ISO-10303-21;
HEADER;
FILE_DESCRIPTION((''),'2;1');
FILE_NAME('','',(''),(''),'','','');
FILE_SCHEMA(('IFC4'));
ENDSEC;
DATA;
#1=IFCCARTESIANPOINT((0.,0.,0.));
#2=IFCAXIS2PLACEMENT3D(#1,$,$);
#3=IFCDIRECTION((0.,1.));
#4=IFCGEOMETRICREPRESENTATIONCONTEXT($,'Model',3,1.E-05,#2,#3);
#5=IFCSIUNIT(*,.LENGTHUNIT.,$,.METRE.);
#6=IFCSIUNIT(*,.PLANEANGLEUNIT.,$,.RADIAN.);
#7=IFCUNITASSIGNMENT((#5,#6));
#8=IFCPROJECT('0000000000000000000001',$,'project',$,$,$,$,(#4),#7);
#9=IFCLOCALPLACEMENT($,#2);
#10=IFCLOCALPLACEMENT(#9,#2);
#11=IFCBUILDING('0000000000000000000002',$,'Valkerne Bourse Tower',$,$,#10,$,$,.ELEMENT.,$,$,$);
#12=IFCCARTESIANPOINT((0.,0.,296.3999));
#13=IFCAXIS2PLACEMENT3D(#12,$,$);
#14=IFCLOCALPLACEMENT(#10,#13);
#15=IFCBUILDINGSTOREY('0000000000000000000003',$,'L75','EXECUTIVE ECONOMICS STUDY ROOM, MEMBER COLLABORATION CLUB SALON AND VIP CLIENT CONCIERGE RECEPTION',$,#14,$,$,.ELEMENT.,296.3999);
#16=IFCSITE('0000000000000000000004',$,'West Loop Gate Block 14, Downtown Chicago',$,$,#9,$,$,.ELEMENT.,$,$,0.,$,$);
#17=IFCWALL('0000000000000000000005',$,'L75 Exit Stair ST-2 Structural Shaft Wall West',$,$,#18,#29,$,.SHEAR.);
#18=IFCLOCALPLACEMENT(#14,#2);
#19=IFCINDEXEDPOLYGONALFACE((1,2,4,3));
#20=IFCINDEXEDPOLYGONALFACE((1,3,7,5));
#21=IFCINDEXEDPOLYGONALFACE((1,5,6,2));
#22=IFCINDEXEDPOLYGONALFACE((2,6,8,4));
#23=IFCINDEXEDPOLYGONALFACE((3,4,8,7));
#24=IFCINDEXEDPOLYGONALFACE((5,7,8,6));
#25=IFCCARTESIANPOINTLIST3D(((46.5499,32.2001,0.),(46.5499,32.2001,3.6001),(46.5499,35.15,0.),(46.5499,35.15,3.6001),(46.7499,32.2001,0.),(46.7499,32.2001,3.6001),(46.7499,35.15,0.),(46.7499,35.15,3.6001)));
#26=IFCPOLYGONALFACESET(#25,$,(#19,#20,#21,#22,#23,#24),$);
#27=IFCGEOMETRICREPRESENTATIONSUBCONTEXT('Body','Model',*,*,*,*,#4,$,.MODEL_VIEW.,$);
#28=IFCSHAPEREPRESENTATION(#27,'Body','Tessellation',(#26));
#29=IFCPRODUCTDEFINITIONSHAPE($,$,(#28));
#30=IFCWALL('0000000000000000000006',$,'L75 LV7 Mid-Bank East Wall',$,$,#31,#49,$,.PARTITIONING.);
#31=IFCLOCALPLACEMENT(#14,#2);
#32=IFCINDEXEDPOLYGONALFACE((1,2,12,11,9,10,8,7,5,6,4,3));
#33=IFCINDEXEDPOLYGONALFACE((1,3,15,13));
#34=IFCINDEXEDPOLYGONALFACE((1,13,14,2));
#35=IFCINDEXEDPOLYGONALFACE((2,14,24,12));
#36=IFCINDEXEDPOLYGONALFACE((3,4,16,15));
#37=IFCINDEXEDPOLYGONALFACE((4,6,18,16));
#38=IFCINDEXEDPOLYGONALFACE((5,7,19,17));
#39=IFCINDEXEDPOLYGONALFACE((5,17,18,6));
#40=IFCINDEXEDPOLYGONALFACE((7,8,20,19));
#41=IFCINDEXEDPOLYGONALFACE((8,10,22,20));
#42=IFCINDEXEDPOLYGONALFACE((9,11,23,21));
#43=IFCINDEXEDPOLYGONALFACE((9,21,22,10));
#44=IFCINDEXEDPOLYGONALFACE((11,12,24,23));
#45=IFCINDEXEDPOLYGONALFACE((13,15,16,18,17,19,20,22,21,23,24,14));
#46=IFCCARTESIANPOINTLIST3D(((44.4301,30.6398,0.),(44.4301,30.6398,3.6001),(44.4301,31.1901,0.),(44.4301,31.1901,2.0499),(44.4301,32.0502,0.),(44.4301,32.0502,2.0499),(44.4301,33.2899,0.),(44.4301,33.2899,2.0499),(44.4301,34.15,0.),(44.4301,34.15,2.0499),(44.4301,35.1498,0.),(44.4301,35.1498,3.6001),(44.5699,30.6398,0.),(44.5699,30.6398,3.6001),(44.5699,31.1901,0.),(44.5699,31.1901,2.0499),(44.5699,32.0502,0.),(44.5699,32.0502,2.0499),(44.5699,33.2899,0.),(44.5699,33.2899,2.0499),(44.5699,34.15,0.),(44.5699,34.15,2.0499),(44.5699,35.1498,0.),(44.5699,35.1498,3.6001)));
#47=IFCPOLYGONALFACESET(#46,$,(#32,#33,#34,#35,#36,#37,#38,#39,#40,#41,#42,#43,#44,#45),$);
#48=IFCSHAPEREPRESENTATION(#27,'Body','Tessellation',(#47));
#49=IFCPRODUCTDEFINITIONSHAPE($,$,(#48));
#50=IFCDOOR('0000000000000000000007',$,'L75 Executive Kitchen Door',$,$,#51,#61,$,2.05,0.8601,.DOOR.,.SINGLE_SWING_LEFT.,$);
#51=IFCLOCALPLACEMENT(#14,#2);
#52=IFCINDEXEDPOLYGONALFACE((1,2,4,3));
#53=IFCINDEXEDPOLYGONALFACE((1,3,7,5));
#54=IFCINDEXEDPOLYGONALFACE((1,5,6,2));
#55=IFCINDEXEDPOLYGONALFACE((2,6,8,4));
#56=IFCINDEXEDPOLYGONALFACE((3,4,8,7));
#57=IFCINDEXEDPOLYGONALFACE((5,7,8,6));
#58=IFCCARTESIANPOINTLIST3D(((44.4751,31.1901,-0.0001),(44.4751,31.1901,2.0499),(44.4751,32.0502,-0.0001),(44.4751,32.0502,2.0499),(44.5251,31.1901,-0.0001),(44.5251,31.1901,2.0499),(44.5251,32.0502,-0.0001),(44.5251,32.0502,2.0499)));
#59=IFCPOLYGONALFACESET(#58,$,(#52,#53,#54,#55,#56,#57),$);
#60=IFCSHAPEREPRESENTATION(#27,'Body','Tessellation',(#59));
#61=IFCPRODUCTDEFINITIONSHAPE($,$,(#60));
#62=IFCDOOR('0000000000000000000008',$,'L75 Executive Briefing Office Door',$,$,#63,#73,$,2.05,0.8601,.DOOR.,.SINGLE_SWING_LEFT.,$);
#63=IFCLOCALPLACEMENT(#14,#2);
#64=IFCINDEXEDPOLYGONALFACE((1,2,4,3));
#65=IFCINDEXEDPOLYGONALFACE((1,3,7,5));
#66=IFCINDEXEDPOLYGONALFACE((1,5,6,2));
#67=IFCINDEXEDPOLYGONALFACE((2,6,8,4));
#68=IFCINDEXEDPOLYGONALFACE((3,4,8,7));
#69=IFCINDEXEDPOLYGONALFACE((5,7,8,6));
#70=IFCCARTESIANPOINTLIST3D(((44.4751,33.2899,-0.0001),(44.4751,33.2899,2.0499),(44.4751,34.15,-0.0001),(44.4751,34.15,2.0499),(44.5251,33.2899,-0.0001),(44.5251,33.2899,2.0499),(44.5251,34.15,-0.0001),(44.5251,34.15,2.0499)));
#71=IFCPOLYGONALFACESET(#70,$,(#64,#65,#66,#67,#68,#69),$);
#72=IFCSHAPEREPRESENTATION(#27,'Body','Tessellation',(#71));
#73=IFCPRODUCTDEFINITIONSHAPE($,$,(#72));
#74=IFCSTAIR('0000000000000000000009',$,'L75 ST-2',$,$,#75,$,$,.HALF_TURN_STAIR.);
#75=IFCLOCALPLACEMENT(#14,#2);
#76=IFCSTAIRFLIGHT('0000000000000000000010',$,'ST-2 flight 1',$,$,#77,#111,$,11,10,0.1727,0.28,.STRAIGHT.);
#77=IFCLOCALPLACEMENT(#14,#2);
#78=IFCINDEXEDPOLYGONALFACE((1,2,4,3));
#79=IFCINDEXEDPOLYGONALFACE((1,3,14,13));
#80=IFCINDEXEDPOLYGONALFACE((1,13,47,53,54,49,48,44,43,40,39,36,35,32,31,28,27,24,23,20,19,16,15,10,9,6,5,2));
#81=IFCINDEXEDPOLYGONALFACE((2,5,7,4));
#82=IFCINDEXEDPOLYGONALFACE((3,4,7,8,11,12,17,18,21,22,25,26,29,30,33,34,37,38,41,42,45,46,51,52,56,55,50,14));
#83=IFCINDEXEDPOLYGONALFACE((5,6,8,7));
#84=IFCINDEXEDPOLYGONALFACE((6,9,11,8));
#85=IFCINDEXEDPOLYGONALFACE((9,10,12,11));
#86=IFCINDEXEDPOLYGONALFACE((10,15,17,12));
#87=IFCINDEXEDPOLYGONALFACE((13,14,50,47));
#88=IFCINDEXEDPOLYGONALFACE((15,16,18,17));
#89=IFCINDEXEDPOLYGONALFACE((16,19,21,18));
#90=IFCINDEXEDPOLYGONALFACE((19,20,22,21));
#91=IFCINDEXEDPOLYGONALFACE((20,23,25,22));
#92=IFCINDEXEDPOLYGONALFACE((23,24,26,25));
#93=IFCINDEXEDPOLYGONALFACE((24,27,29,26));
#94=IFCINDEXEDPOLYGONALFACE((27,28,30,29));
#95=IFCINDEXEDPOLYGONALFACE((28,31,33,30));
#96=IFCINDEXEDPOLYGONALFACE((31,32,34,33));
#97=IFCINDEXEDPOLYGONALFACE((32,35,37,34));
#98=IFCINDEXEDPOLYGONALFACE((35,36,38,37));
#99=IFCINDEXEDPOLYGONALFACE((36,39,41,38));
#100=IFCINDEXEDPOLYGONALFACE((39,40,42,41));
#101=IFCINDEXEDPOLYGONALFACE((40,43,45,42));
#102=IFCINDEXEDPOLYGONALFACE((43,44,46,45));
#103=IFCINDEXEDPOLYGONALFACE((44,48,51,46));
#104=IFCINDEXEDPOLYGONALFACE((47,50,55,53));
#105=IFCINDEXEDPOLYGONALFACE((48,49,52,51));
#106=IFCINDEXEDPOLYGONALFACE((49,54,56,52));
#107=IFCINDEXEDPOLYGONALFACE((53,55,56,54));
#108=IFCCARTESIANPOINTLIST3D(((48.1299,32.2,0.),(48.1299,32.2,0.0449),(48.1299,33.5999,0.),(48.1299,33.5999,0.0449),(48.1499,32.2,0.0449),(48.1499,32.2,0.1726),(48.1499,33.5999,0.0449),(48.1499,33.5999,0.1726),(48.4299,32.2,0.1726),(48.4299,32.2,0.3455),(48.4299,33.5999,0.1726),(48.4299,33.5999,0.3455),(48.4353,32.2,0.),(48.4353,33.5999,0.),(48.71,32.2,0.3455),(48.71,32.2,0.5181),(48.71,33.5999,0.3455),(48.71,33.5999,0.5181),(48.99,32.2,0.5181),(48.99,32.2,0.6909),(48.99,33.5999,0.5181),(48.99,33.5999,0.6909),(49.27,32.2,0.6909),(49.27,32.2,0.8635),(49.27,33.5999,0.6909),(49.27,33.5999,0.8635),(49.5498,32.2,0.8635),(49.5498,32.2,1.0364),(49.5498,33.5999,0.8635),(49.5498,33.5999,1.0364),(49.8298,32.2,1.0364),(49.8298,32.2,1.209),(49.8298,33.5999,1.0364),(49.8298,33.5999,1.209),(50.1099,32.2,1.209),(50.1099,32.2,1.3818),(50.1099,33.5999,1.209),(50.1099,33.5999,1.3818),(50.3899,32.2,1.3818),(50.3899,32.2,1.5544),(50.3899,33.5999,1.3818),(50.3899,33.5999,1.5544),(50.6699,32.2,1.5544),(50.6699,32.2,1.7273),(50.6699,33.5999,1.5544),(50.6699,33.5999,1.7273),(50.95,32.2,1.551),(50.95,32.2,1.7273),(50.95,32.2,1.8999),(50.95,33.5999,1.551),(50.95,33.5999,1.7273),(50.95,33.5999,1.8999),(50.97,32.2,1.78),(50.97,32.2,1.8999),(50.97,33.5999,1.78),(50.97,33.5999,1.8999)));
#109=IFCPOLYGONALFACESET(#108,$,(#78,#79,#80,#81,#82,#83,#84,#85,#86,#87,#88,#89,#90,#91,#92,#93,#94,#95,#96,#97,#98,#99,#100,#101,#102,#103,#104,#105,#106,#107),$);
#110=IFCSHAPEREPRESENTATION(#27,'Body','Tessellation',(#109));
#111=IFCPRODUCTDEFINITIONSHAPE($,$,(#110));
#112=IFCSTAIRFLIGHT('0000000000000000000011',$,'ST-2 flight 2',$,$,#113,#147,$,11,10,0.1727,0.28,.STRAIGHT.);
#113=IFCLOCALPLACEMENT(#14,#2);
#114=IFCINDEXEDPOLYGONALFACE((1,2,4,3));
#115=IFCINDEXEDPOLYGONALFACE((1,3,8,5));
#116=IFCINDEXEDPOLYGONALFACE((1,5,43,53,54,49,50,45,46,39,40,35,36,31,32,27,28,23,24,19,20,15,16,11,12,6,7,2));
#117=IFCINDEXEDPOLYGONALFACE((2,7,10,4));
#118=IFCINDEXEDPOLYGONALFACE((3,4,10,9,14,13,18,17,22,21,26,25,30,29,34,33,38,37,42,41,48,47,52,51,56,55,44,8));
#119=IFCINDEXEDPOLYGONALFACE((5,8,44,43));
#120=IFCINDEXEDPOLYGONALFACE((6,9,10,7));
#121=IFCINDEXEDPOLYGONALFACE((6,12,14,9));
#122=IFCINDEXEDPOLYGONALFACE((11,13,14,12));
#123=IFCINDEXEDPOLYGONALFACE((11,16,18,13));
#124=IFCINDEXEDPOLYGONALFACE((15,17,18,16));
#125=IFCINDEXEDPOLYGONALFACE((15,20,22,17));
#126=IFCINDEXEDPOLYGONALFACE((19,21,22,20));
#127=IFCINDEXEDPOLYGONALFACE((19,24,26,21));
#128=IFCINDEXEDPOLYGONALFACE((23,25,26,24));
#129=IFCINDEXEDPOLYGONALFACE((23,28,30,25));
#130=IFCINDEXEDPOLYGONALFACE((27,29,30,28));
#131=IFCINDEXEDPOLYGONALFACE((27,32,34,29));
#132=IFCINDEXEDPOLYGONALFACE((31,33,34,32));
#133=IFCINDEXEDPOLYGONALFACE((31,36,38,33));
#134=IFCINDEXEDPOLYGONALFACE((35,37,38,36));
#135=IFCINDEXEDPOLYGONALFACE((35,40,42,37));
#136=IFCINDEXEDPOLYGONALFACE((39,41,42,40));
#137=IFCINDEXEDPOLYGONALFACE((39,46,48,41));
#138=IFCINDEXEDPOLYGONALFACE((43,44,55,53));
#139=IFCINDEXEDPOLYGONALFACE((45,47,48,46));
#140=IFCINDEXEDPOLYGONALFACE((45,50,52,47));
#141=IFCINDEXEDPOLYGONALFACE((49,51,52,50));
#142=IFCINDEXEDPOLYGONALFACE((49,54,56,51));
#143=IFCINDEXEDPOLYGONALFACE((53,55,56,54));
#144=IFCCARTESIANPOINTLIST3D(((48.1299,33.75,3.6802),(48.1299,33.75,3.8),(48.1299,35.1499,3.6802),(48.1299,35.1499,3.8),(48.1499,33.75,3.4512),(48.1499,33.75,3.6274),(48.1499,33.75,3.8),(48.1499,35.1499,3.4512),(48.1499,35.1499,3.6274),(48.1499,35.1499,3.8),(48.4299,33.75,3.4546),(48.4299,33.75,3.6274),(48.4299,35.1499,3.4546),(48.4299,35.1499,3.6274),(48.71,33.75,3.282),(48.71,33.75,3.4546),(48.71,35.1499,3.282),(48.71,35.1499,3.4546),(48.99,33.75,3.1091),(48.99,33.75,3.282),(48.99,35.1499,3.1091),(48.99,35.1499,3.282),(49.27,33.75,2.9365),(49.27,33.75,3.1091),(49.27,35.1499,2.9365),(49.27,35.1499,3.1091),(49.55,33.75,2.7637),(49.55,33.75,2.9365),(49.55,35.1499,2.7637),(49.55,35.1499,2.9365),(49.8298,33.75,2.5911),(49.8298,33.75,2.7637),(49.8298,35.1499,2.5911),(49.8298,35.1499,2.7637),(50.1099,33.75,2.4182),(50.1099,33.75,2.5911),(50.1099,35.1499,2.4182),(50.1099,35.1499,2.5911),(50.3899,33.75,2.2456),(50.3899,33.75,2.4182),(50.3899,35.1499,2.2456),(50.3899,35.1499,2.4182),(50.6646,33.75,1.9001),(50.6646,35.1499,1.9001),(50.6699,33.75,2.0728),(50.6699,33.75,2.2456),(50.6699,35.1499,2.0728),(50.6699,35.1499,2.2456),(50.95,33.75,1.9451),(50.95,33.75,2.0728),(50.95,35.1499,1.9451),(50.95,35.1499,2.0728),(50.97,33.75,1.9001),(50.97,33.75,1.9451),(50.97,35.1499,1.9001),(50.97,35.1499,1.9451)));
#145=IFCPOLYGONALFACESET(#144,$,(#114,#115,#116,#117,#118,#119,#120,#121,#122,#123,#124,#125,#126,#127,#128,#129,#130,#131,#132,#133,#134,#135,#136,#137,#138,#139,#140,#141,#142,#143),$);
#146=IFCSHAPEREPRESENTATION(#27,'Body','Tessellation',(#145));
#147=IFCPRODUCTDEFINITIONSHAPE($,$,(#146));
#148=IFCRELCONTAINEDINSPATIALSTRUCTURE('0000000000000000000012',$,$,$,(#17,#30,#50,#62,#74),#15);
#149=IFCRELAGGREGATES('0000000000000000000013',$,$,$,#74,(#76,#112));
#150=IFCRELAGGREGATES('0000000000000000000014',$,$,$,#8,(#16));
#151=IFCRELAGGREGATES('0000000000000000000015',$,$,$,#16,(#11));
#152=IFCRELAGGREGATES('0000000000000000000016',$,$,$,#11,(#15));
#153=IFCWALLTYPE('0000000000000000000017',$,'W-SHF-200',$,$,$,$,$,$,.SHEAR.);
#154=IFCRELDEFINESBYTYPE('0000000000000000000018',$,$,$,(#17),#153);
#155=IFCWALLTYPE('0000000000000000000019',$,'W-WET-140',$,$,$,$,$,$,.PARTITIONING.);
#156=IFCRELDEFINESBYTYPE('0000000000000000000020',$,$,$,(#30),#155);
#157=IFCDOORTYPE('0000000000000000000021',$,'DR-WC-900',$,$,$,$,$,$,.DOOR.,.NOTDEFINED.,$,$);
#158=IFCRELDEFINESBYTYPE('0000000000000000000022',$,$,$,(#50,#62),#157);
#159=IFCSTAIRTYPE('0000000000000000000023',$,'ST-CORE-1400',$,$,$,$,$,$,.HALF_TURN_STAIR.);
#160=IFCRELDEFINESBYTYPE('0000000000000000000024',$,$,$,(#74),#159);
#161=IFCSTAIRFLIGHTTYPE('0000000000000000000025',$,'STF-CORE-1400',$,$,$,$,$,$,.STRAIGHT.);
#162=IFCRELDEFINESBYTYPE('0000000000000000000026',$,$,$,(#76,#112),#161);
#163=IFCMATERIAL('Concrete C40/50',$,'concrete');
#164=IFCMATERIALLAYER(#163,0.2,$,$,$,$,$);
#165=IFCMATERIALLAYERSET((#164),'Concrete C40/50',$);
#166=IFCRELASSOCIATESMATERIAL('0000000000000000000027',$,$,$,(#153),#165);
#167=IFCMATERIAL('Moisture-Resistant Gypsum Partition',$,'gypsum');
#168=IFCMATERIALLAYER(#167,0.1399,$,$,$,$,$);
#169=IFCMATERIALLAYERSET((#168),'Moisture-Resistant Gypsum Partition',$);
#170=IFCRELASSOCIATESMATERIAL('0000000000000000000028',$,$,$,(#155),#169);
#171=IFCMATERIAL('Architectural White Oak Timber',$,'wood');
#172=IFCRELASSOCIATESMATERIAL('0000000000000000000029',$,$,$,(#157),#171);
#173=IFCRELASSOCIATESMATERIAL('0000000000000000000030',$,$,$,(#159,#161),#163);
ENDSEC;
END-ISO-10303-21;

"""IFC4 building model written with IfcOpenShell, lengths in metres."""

from ifc_helpers import new_model, si_unit, direction, frame, frame_2d, origin, place, context, subcontext, project, spatial, polyline, rectangle, outline, extrude, material, layer, layer_set, type_object, element, fill, aggregate, save


model = new_model("IFC4")

# Units and contexts
model_context = context("Model", 3, precision=1e-05, world=origin(), true_north=direction((0.0, 1.0)))
body_context = subcontext(model_context, "Body", "Model", "MODEL_VIEW")
ifc_project = project(units=[si_unit("LENGTHUNIT", "METRE"), si_unit("PLANEANGLEUNIT", "RADIAN")], contexts=[model_context])

# Site, building, storey
site_placement = place(None, origin())
site = spatial("IfcSite", under=ifc_project, at=site_placement, Name="West Loop Gate Block 14, Downtown Chicago", CompositionType="ELEMENT", RefElevation=0.0)
building_placement = place(site_placement, origin())
building = spatial("IfcBuilding", under=site, at=building_placement, Name="Valkerne Bourse Tower", CompositionType="ELEMENT")
storey_placement = place(building_placement, frame((0.0, 0.0, 296.3999)))
storey = spatial("IfcBuildingStorey", under=building, at=storey_placement, Name="L75", Description="EXECUTIVE ECONOMICS STUDY ROOM, MEMBER COLLABORATION CLUB SALON AND VIP CLIENT CONCIERGE RECEPTION", CompositionType="ELEMENT", Elevation=296.3999)

# Shared definitions
ifc_material_1 = material(Name="Concrete C40/50", Category="concrete")
ifc_layer_1 = layer(ifc_material_1, 0.2)
ifc_layer_set_1 = layer_set([ifc_layer_1], Name="Concrete C40/50")
wall_type_1 = type_object("IfcWallType", Name="W-SHF-200", PredefinedType="SHEAR", material=ifc_layer_set_1)

# Wall
wall_1_placement = place(storey_placement, frame((46.6499, 32.2, 0.0), z_axis=(0.0, 0.0, 1.0), x_axis=(0.0, 1.0, 0.0)))
element("IfcWall", 1, at=wall_1_placement, inside=storey, type_object=wall_type_1, Name="L75 Exit Stair ST-2 Structural Shaft Wall West", PredefinedType="SHEAR", context=body_context, shape_type="SweptSolid", body=[
    extrude(rectangle(XDim=2.95, YDim=0.2, at=frame_2d((1.4751, 0.0))), origin(), (0.0, 0.0, 1.0), 3.6001),
])

# Wall, openings, doors
ifc_material_2 = material(Name="Moisture-Resistant Gypsum Partition", Category="gypsum")
ifc_layer_2 = layer(ifc_material_2, 0.1399)
ifc_layer_set_2 = layer_set([ifc_layer_2], Name="Moisture-Resistant Gypsum Partition")
wall_type_2 = type_object("IfcWallType", Name="W-WET-140", PredefinedType="PARTITIONING", material=ifc_layer_set_2)
wall_2_placement = place(storey_placement, frame((44.5, 30.6399, 0.0), z_axis=(0.0, 0.0, 1.0), x_axis=(0.0, 1.0, 0.0)))
wall_2 = element("IfcWall", 2, at=wall_2_placement, inside=storey, type_object=wall_type_2, Name="L75 LV7 Mid-Bank East Wall", PredefinedType="PARTITIONING", context=body_context, shape_type="SweptSolid", body=[
    extrude(rectangle(XDim=4.51, YDim=0.1399, at=frame_2d((2.2549, 0.0))), origin(), (0.0, 0.0, 1.0), 3.6001),
])
opening_1_placement = place(wall_2_placement, frame((0.55, 0.0, 0.0)))
opening_1 = element("IfcOpeningElement", 3, at=opening_1_placement, cuts=wall_2, PredefinedType="OPENING", context=body_context, shape_type="SweptSolid", body=[
    extrude(rectangle(XDim=0.8601, YDim=2.05, at=frame_2d((0.4302, 1.0249))), frame((0.0, 0.0798, 0.0), z_axis=(0.0, -1.0, 0.0), x_axis=(1.0, 0.0, 0.0)), (0.0, 0.0, 1.0), 0.1599),
])
opening_2_placement = place(wall_2_placement, frame((2.6499, 0.0, 0.0)))
opening_2 = element("IfcOpeningElement", 4, at=opening_2_placement, cuts=wall_2, PredefinedType="OPENING", context=body_context, shape_type="SweptSolid", body=[
    extrude(rectangle(XDim=0.8601, YDim=2.05, at=frame_2d((0.4302, 1.0249))), frame((0.0, 0.0798, 0.0), z_axis=(0.0, -1.0, 0.0), x_axis=(1.0, 0.0, 0.0)), (0.0, 0.0, 1.0), 0.1599),
])
ifc_material_3 = material(Name="Architectural White Oak Timber", Category="wood")
door_type_1 = type_object("IfcDoorType", Name="DR-WC-900", OperationType="NOTDEFINED", PredefinedType="DOOR", material=ifc_material_3)
door_1_placement = place(opening_1_placement, origin())
door_1 = element("IfcDoor", 5, at=door_1_placement, inside=storey, type_object=door_type_1, Name="L75 Executive Kitchen Door", OperationType="SINGLE_SWING_LEFT", OverallHeight=2.05, OverallWidth=0.8601, PredefinedType="DOOR", context=body_context, shape_type="SweptSolid", body=[
    extrude(rectangle(XDim=0.8601, YDim=2.05, at=frame_2d((0.4302, 1.0249))), frame((0.0, 0.0249, 0.0), z_axis=(0.0, -1.0, 0.0), x_axis=(1.0, 0.0, 0.0)), (0.0, 0.0, 1.0), 0.05),
])
fill(opening_1, door_1)
door_2_placement = place(opening_2_placement, origin())
door_2 = element("IfcDoor", 6, at=door_2_placement, inside=storey, type_object=door_type_1, Name="L75 Executive Briefing Office Door", OperationType="SINGLE_SWING_LEFT", OverallHeight=2.05, OverallWidth=0.8601, PredefinedType="DOOR", context=body_context, shape_type="SweptSolid", body=[
    extrude(rectangle(XDim=0.8601, YDim=2.05, at=frame_2d((0.4302, 1.0249))), frame((0.0, 0.0249, 0.0), z_axis=(0.0, -1.0, 0.0), x_axis=(1.0, 0.0, 0.0)), (0.0, 0.0, 1.0), 0.05),
])
fill(opening_2, door_2)

# Stair, stair flights
stair_type = type_object("IfcStairType", Name="ST-CORE-1400", PredefinedType="HALF_TURN_STAIR", material=ifc_material_1)
stair_placement = place(storey_placement, origin())
stair = element("IfcStair", 7, at=stair_placement, inside=storey, type_object=stair_type, Name="L75 ST-2", PredefinedType="HALF_TURN_STAIR")
stair_flight_type = type_object("IfcStairFlightType", Name="STF-CORE-1400", PredefinedType="STRAIGHT", material=ifc_material_1)
stair_flight_1_placement = place(storey_placement, frame((48.1499, 32.8999, 0.0), z_axis=(0.0, 0.0, 1.0), x_axis=(1.0, 0.0, 0.0)))
stair_flight_1 = element("IfcStairFlight", 8, at=stair_flight_1_placement, type_object=stair_flight_type, Name="ST-2 flight 1", NumberOfRisers=11, NumberOfTreads=10, PredefinedType="STRAIGHT", RiserHeight=0.1727, TreadLength=0.28, context=body_context, shape_type="SweptSolid", body=[
    extrude(outline(polyline([(-0.02, 0.0), (-0.02, 0.0449), (0.0, 0.0449), (0.0, 0.1726), (0.28, 0.1726), (0.28, 0.3455), (0.5601, 0.3455), (0.5601, 0.5181), (0.8401, 0.5181), (0.8401, 0.6909), (1.1201, 0.6909), (1.1201, 0.8635), (1.3999, 0.8635), (1.3999, 1.0364), (1.6799, 1.0364), (1.6799, 1.209), (1.96, 1.209), (1.96, 1.3818), (2.24, 1.3818), (2.24, 1.5544), (2.52, 1.5544), (2.52, 1.7273), (2.8, 1.7273), (2.8, 1.8999), (2.8201, 1.8999), (2.8201, 1.78), (2.8, 1.551), (0.2854, 0.0), (-0.02, 0.0)])), frame((0.0, 0.7, 0.0), z_axis=(0.0, -1.0, 0.0), x_axis=(1.0, 0.0, 0.0)), (0.0, 0.0, 1.0), 1.3999),
])
stair_flight_2_placement = place(storey_placement, frame((50.95, 34.45, 1.9001), z_axis=(0.0, 0.0, 1.0), x_axis=(-1.0, 0.0, 0.0)))
stair_flight_2 = element("IfcStairFlight", 9, at=stair_flight_2_placement, type_object=stair_flight_type, Name="ST-2 flight 2", NumberOfRisers=11, NumberOfTreads=10, PredefinedType="STRAIGHT", RiserHeight=0.1727, TreadLength=0.28, context=body_context, shape_type="SweptSolid", body=[
    extrude(outline(polyline([(-0.02, 0.0), (-0.02, 0.0449), (0.0, 0.0449), (0.0, 0.1726), (0.28, 0.1726), (0.28, 0.3455), (0.5601, 0.3455), (0.5601, 0.5181), (0.8401, 0.5181), (0.8401, 0.6909), (1.1201, 0.6909), (1.1201, 0.8635), (1.3999, 0.8635), (1.3999, 1.0364), (1.6799, 1.0364), (1.6799, 1.209), (1.96, 1.209), (1.96, 1.3818), (2.24, 1.3818), (2.24, 1.5544), (2.52, 1.5544), (2.52, 1.7273), (2.8, 1.7273), (2.8, 1.8999), (2.8201, 1.8999), (2.8201, 1.78), (2.8, 1.551), (0.2854, 0.0), (-0.02, 0.0)])), frame((0.0, 0.7, 0.0), z_axis=(0.0, -1.0, 0.0), x_axis=(1.0, 0.0, 0.0)), (0.0, 0.0, 1.0), 1.3999),
])
aggregate(stair, [stair_flight_1, stair_flight_2])

save(model, "model.ifc")
